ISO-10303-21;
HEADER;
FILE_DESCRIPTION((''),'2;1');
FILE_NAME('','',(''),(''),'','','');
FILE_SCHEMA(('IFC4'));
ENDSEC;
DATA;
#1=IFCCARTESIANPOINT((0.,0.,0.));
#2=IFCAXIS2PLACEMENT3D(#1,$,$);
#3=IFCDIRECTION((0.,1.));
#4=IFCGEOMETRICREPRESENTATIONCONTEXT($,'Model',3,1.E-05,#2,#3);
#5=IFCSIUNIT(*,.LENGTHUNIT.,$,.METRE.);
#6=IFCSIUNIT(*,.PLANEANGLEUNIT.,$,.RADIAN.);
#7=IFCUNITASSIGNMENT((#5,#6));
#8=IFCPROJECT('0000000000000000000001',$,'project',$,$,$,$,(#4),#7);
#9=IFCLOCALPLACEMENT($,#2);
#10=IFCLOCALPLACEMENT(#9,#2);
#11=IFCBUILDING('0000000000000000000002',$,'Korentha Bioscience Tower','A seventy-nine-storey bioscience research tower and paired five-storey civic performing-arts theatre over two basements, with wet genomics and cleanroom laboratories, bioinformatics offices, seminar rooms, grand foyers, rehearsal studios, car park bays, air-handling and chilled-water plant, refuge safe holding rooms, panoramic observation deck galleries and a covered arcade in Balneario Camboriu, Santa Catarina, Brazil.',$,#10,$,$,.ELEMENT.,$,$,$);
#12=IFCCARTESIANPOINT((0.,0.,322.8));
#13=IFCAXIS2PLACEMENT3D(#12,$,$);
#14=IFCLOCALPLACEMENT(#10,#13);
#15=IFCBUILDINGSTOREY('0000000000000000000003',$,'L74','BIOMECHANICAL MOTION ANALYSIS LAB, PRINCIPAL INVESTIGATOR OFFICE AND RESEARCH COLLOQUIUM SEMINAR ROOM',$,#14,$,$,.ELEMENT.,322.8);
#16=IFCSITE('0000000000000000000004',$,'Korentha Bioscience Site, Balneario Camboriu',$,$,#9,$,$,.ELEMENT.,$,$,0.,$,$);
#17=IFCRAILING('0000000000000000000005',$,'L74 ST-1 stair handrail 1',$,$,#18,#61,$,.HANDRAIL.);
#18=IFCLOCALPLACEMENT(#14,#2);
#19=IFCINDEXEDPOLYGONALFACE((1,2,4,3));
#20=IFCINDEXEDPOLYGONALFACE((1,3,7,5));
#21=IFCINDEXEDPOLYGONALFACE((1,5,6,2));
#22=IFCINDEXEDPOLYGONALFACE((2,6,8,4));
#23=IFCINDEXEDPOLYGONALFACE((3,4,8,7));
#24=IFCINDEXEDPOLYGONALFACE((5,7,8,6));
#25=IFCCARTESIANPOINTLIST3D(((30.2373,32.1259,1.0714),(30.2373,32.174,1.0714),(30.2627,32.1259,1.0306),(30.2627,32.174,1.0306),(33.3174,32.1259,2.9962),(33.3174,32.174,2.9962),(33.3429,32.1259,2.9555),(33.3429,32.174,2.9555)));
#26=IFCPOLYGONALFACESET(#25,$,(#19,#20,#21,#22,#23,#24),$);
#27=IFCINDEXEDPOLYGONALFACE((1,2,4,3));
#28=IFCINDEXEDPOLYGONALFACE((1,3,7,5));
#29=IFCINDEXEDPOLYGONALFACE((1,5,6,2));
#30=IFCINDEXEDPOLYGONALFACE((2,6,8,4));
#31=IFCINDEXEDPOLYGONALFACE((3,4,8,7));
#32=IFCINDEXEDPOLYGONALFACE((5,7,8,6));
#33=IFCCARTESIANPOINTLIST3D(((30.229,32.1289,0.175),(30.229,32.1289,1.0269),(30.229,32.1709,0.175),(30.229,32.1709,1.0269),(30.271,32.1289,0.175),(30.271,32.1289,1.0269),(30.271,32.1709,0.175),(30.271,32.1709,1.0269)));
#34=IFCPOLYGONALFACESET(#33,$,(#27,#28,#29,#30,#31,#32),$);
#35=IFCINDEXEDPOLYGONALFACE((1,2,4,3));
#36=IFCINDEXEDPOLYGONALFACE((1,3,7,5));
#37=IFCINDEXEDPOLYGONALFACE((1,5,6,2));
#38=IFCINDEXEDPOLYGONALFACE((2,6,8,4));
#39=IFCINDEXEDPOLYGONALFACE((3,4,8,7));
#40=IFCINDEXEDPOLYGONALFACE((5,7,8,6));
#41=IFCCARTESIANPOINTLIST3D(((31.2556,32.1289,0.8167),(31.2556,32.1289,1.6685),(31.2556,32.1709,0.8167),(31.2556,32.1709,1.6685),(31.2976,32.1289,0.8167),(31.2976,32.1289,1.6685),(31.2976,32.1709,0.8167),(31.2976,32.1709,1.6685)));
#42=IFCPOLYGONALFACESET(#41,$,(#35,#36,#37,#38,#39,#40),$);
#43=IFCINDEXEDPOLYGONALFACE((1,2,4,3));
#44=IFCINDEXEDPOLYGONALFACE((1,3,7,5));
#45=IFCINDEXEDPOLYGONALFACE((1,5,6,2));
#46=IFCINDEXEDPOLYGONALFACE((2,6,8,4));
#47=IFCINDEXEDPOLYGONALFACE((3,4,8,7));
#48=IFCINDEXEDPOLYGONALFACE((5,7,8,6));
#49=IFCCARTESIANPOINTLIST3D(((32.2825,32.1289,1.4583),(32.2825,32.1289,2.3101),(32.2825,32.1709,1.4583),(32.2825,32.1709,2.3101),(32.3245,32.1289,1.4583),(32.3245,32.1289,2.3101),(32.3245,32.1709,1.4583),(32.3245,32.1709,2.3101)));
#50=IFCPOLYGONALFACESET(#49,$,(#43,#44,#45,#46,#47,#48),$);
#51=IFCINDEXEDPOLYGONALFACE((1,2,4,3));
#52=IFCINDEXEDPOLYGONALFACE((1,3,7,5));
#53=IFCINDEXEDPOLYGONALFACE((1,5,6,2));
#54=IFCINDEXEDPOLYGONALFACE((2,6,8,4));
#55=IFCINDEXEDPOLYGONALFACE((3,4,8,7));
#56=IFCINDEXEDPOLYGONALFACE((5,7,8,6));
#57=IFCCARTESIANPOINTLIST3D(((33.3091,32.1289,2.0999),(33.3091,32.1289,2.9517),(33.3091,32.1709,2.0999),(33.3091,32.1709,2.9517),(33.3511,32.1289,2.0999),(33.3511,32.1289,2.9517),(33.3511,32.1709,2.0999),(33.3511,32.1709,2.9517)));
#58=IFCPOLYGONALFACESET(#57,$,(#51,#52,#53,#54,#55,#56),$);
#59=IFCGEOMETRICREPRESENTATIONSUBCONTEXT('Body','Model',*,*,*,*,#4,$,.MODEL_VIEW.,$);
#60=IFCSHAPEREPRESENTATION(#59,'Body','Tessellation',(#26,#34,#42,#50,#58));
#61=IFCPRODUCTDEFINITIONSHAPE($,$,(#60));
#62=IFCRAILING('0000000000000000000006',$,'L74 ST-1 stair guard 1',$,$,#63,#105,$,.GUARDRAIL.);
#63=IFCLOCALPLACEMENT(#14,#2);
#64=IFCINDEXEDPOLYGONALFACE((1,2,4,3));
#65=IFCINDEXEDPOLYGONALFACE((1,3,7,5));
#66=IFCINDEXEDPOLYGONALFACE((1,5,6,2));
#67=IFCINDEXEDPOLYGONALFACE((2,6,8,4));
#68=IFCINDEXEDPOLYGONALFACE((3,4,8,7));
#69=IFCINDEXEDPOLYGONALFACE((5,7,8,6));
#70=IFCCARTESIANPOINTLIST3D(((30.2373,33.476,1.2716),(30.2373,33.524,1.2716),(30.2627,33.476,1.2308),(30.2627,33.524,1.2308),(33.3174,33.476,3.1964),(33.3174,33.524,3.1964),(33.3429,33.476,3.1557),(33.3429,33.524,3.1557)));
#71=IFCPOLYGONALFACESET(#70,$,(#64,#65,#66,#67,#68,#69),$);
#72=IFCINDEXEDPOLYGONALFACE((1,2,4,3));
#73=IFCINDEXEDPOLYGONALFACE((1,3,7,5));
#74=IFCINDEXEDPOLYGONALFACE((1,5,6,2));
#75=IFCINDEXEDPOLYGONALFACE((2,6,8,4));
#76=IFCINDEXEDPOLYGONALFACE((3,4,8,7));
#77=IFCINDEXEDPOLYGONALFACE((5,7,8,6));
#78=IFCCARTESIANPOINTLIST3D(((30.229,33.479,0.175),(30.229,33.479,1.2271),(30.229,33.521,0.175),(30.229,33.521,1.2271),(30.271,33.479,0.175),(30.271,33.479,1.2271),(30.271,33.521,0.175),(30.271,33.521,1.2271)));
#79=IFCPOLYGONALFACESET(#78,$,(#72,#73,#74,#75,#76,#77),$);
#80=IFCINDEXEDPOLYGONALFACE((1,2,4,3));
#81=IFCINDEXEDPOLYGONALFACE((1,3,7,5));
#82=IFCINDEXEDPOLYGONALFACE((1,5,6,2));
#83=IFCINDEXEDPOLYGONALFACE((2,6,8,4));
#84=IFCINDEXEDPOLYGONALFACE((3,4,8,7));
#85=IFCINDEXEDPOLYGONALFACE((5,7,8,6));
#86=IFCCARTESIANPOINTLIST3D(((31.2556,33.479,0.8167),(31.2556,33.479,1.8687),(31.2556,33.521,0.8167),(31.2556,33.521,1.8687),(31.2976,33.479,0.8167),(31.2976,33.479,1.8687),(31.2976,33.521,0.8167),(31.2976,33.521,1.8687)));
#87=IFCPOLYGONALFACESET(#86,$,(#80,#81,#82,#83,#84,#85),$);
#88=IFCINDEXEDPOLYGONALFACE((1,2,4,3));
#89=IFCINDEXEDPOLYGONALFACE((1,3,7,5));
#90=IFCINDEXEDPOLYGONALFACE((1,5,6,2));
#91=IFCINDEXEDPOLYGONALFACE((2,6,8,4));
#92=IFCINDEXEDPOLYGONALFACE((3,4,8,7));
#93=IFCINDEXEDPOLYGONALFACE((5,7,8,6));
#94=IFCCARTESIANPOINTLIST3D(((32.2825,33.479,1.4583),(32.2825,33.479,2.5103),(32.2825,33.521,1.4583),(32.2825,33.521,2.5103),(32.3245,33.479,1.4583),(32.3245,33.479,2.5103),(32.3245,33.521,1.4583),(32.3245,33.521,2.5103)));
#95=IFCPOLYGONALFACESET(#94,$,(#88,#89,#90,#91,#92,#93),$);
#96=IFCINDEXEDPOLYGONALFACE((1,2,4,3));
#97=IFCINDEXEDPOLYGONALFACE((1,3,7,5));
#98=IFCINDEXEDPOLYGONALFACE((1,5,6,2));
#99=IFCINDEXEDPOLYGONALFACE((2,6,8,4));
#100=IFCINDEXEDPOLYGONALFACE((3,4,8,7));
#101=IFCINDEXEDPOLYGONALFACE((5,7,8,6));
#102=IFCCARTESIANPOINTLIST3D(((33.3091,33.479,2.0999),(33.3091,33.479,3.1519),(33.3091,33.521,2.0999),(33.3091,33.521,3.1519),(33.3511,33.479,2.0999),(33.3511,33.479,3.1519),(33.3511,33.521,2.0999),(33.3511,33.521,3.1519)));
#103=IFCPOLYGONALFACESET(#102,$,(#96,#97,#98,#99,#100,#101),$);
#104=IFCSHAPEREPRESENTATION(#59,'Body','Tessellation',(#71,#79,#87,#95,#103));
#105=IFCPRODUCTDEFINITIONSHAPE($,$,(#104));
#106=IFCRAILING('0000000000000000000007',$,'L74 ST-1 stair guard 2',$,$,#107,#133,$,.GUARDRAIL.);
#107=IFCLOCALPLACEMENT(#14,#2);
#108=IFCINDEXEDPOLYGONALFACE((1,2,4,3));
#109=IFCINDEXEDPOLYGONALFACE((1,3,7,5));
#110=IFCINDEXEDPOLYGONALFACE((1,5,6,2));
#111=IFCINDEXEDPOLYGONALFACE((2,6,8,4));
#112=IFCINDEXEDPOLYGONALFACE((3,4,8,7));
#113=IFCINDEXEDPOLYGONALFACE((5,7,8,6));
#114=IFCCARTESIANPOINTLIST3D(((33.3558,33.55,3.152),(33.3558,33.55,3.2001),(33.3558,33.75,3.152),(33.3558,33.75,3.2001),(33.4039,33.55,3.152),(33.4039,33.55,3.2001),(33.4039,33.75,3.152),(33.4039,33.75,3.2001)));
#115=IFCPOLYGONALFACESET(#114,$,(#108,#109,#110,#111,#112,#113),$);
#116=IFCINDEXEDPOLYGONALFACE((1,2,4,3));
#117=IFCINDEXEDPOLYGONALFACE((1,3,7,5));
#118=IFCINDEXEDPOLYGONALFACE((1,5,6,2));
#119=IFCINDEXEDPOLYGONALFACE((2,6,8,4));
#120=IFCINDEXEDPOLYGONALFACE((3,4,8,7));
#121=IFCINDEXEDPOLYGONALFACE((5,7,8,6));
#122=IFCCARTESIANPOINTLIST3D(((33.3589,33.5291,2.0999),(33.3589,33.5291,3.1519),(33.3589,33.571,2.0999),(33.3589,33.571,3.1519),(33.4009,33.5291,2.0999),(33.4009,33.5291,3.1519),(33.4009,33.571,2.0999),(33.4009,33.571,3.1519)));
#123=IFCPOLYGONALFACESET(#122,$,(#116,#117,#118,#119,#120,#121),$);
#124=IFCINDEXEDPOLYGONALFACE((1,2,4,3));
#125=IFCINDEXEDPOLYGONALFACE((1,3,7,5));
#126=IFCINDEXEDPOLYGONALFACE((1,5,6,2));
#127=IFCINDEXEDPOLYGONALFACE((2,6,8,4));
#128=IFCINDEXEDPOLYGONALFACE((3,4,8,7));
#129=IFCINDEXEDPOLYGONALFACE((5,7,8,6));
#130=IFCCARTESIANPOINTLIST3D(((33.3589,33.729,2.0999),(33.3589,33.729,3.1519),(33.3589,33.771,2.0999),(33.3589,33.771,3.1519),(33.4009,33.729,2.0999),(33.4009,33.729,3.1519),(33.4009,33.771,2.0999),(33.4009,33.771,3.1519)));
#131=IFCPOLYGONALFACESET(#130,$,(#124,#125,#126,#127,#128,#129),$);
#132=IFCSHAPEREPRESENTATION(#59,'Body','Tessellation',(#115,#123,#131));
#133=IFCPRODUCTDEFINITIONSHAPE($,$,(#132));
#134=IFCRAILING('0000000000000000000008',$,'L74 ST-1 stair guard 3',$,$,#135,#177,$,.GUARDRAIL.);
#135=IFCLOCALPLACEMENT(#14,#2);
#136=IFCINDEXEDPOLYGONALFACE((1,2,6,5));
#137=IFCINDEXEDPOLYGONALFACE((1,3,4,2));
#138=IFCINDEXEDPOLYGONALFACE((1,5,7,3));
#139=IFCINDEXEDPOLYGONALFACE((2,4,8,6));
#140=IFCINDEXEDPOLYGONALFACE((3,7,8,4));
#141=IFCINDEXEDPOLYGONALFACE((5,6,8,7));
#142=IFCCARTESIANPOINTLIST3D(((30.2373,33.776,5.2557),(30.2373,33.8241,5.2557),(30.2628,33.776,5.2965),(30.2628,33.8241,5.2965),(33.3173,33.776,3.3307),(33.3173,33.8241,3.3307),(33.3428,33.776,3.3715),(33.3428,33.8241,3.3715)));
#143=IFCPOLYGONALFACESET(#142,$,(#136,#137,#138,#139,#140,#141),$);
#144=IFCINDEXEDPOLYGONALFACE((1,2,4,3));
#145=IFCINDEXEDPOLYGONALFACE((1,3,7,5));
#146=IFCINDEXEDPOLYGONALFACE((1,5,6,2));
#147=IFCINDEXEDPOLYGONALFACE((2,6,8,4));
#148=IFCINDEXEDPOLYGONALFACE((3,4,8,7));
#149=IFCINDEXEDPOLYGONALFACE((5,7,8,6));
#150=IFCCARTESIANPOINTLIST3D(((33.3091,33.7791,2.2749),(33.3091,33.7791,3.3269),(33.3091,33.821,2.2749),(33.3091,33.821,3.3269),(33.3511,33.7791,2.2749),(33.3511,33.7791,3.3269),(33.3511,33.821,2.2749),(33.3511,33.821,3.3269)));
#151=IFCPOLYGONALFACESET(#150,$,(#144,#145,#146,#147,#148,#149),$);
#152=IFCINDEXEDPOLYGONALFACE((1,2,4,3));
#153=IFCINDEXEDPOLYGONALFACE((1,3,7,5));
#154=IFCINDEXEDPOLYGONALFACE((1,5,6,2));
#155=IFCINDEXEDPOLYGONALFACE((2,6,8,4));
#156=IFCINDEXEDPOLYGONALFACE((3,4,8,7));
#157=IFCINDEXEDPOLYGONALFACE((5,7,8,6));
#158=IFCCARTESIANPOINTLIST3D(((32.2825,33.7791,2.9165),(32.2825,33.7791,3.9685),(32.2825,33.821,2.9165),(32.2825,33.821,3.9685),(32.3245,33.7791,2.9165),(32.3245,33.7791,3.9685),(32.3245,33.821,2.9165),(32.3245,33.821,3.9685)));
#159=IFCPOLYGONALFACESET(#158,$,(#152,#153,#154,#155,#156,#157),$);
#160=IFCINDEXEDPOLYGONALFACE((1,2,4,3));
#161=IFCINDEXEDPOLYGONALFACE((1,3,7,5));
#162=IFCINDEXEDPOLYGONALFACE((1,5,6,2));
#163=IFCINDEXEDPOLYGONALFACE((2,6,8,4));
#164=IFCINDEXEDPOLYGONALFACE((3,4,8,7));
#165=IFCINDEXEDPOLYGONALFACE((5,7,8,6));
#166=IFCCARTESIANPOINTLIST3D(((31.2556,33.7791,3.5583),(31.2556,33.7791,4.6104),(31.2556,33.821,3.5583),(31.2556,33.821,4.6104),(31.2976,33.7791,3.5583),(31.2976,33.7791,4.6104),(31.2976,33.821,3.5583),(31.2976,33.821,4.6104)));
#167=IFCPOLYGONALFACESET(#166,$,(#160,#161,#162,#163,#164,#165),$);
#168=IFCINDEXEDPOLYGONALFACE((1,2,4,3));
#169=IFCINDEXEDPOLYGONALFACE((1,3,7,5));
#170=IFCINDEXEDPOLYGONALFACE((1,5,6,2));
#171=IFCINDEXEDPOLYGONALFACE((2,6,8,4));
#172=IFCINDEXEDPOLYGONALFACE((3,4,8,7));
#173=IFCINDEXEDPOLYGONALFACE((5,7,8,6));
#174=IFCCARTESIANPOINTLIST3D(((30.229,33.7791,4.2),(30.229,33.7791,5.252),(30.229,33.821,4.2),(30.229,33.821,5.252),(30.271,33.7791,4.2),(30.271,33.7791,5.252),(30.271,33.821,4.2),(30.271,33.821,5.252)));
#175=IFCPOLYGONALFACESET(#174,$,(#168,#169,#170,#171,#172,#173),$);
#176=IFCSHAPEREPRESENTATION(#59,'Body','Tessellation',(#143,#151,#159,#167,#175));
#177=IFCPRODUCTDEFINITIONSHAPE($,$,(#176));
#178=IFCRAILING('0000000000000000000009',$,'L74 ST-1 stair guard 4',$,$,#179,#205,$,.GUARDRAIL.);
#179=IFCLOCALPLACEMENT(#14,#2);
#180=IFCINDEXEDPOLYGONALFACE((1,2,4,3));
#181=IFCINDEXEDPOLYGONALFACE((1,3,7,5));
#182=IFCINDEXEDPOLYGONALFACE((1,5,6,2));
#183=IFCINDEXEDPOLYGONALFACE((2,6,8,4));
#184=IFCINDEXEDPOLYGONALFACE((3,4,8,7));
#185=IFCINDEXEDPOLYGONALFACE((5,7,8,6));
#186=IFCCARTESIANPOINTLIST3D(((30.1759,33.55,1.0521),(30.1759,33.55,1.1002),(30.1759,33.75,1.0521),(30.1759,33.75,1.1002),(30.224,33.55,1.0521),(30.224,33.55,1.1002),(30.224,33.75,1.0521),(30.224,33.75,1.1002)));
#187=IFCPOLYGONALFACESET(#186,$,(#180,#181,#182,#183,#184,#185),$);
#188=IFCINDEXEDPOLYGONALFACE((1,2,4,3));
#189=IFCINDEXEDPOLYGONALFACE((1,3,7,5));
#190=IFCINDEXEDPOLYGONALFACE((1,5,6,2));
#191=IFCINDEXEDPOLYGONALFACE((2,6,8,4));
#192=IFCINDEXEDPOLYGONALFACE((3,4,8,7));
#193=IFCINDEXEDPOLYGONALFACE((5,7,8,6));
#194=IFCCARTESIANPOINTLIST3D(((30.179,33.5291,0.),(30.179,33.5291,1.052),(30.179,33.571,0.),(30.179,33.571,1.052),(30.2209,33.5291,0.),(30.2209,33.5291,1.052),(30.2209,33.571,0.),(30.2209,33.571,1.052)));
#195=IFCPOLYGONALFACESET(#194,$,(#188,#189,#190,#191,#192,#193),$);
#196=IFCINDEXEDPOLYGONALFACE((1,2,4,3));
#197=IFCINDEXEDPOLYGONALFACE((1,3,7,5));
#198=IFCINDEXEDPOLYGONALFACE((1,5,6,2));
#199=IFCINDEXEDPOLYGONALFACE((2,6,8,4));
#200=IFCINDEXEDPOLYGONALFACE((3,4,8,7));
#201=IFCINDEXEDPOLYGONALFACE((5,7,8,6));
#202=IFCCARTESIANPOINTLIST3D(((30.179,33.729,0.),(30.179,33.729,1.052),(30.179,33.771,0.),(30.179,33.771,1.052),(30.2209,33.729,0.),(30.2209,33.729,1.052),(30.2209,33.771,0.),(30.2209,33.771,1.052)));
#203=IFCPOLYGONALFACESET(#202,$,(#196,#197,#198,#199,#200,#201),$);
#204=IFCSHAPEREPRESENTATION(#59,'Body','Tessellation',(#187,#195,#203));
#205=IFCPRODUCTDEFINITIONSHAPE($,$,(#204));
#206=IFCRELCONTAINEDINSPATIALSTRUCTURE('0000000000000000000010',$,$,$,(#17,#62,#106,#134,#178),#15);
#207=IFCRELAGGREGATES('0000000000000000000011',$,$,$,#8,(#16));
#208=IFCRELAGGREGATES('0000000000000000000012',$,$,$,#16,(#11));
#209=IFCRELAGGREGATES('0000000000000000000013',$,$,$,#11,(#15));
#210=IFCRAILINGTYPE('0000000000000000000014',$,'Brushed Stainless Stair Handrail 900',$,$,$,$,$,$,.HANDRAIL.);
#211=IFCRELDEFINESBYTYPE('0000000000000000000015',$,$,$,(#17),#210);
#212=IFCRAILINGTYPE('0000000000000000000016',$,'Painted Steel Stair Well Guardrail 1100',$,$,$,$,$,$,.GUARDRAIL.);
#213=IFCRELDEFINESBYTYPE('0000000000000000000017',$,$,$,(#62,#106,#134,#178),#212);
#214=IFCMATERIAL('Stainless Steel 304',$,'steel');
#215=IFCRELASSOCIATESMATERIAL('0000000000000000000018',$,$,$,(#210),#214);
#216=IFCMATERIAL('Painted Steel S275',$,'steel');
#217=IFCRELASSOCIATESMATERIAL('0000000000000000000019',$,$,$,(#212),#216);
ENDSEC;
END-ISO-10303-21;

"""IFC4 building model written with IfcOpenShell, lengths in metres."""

from ifc_helpers import new_model, si_unit, direction, frame, origin, origin_2d, place, context, subcontext, project, spatial, rectangle, extrude, material, type_object, element, save


model = new_model("IFC4")

# Units and contexts
model_context = context("Model", 3, precision=1e-05, world=origin(), true_north=direction((0.0, 1.0)))
body_context = subcontext(model_context, "Body", "Model", "MODEL_VIEW")
ifc_project = project(units=[si_unit("LENGTHUNIT", "METRE"), si_unit("PLANEANGLEUNIT", "RADIAN")], contexts=[model_context])

# Site, building, storey
site_placement = place(None, origin())
site = spatial("IfcSite", under=ifc_project, at=site_placement, Name="Korentha Bioscience Site, Balneario Camboriu", CompositionType="ELEMENT", RefElevation=0.0)
building_placement = place(site_placement, origin())
building = spatial("IfcBuilding", under=site, at=building_placement, Name="Korentha Bioscience Tower", Description="A seventy-nine-storey bioscience research tower and paired five-storey civic performing-arts theatre over two basements, with wet genomics and cleanroom laboratories, bioinformatics offices, seminar rooms, grand foyers, rehearsal studios, car park bays, air-handling and chilled-water plant, refuge safe holding rooms, panoramic observation deck galleries and a covered arcade in Balneario Camboriu, Santa Catarina, Brazil.", CompositionType="ELEMENT")
storey_placement = place(building_placement, frame((0.0, 0.0, 322.8)))
storey = spatial("IfcBuildingStorey", under=building, at=storey_placement, Name="L74", Description="BIOMECHANICAL MOTION ANALYSIS LAB, PRINCIPAL INVESTIGATOR OFFICE AND RESEARCH COLLOQUIUM SEMINAR ROOM", CompositionType="ELEMENT", Elevation=322.8)

# Railings
ifc_material_1 = material(Name="Stainless Steel 304", Category="steel")
railing_type_1 = type_object("IfcRailingType", Name="Brushed Stainless Stair Handrail 900", PredefinedType="HANDRAIL", material=ifc_material_1)
railing_1_placement = place(storey_placement, frame((30.25, 32.1499, 0.175)))
element("IfcRailing", 1, at=railing_1_placement, inside=storey, type_object=railing_type_1, Name="L74 ST-1 stair handrail 1", PredefinedType="HANDRAIL", context=body_context, shape_type="SweptSolid", body=[
    extrude(rectangle(XDim=0.0481, YDim=0.0481, at=origin_2d()), frame((0.0, 0.0, 0.876), z_axis=(0.848029, 0.0, 0.529951), x_axis=(0.0, 1.0, 0.0)), (0.0, 0.0, 1.0), 3.6321),
    extrude(rectangle(XDim=0.042, YDim=0.042, at=origin_2d()), origin(), (0.0, 0.0, 1.0), 0.8518),
    extrude(rectangle(XDim=0.042, YDim=0.042, at=origin_2d()), frame((1.0266, 0.0, 0.6416)), (0.0, 0.0, 1.0), 0.8518),
    extrude(rectangle(XDim=0.042, YDim=0.042, at=origin_2d()), frame((2.0535, 0.0, 1.2832)), (0.0, 0.0, 1.0), 0.8518),
    extrude(rectangle(XDim=0.042, YDim=0.042, at=origin_2d()), frame((3.0801, 0.0, 1.9248)), (0.0, 0.0, 1.0), 0.8518),
])
ifc_material_2 = material(Name="Painted Steel S275", Category="steel")
railing_type_2 = type_object("IfcRailingType", Name="Painted Steel Stair Well Guardrail 1100", PredefinedType="GUARDRAIL", material=ifc_material_2)
railing_2_placement = place(storey_placement, frame((30.25, 33.5, 0.175)))
element("IfcRailing", 2, at=railing_2_placement, inside=storey, type_object=railing_type_2, Name="L74 ST-1 stair guard 1", PredefinedType="GUARDRAIL", context=body_context, shape_type="SweptSolid", body=[
    extrude(rectangle(XDim=0.0481, YDim=0.0481, at=origin_2d()), frame((0.0, 0.0, 1.0762), z_axis=(0.848029, 0.0, 0.529951), x_axis=(0.0, 1.0, 0.0)), (0.0, 0.0, 1.0), 3.6321),
    extrude(rectangle(XDim=0.042, YDim=0.042, at=origin_2d()), origin(), (0.0, 0.0, 1.0), 1.052),
    extrude(rectangle(XDim=0.042, YDim=0.042, at=origin_2d()), frame((1.0266, 0.0, 0.6416)), (0.0, 0.0, 1.0), 1.052),
    extrude(rectangle(XDim=0.042, YDim=0.042, at=origin_2d()), frame((2.0535, 0.0, 1.2832)), (0.0, 0.0, 1.0), 1.052),
    extrude(rectangle(XDim=0.042, YDim=0.042, at=origin_2d()), frame((3.0801, 0.0, 1.9248)), (0.0, 0.0, 1.0), 1.052),
])
railing_3_placement = place(storey_placement, frame((33.3799, 33.55, 2.0999)))
element("IfcRailing", 3, at=railing_3_placement, inside=storey, type_object=railing_type_2, Name="L74 ST-1 stair guard 2", PredefinedType="GUARDRAIL", context=body_context, shape_type="SweptSolid", body=[
    extrude(rectangle(XDim=0.0481, YDim=0.0481, at=origin_2d()), frame((0.0, 0.0, 1.0762), z_axis=(0.0, 1.0, 0.0), x_axis=(-1.0, 0.0, 0.0)), (0.0, 0.0, 1.0), 0.2),
    extrude(rectangle(XDim=0.042, YDim=0.042, at=origin_2d()), origin(), (0.0, 0.0, 1.0), 1.052),
    extrude(rectangle(XDim=0.042, YDim=0.042, at=origin_2d()), frame((0.0, 0.2, 0.0)), (0.0, 0.0, 1.0), 1.052),
])
railing_4_placement = place(storey_placement, frame((33.3301, 33.8, 2.2749)))
element("IfcRailing", 4, at=railing_4_placement, inside=storey, type_object=railing_type_2, Name="L74 ST-1 stair guard 3", PredefinedType="GUARDRAIL", context=body_context, shape_type="SweptSolid", body=[
    extrude(rectangle(XDim=0.0481, YDim=0.0481, at=origin_2d()), frame((0.0, 0.0, 1.0762), z_axis=(-0.847998, 0.0, 0.529999), x_axis=(0.0, -1.0, 0.0)), (0.0, 0.0, 1.0), 3.6321),
    extrude(rectangle(XDim=0.042, YDim=0.042, at=origin_2d()), origin(), (0.0, 0.0, 1.0), 1.052),
    extrude(rectangle(XDim=0.042, YDim=0.042, at=origin_2d()), frame((-1.0266, 0.0, 0.6416)), (0.0, 0.0, 1.0), 1.052),
    extrude(rectangle(XDim=0.042, YDim=0.042, at=origin_2d()), frame((-2.0535, 0.0, 1.2834)), (0.0, 0.0, 1.0), 1.052),
    extrude(rectangle(XDim=0.042, YDim=0.042, at=origin_2d()), frame((-3.0801, 0.0, 1.925)), (0.0, 0.0, 1.0), 1.052),
])
railing_5_placement = place(storey_placement, frame((30.2, 33.55, 0.0)))
element("IfcRailing", 5, at=railing_5_placement, inside=storey, type_object=railing_type_2, Name="L74 ST-1 stair guard 4", PredefinedType="GUARDRAIL", context=body_context, shape_type="SweptSolid", body=[
    extrude(rectangle(XDim=0.0481, YDim=0.0481, at=origin_2d()), frame((0.0, 0.0, 1.0762), z_axis=(0.0, 1.0, 0.0), x_axis=(-1.0, 0.0, 0.0)), (0.0, 0.0, 1.0), 0.2),
    extrude(rectangle(XDim=0.042, YDim=0.042, at=origin_2d()), origin(), (0.0, 0.0, 1.0), 1.052),
    extrude(rectangle(XDim=0.042, YDim=0.042, at=origin_2d()), frame((0.0, 0.2, 0.0)), (0.0, 0.0, 1.0), 1.052),
])

save(model, "model.ifc")
